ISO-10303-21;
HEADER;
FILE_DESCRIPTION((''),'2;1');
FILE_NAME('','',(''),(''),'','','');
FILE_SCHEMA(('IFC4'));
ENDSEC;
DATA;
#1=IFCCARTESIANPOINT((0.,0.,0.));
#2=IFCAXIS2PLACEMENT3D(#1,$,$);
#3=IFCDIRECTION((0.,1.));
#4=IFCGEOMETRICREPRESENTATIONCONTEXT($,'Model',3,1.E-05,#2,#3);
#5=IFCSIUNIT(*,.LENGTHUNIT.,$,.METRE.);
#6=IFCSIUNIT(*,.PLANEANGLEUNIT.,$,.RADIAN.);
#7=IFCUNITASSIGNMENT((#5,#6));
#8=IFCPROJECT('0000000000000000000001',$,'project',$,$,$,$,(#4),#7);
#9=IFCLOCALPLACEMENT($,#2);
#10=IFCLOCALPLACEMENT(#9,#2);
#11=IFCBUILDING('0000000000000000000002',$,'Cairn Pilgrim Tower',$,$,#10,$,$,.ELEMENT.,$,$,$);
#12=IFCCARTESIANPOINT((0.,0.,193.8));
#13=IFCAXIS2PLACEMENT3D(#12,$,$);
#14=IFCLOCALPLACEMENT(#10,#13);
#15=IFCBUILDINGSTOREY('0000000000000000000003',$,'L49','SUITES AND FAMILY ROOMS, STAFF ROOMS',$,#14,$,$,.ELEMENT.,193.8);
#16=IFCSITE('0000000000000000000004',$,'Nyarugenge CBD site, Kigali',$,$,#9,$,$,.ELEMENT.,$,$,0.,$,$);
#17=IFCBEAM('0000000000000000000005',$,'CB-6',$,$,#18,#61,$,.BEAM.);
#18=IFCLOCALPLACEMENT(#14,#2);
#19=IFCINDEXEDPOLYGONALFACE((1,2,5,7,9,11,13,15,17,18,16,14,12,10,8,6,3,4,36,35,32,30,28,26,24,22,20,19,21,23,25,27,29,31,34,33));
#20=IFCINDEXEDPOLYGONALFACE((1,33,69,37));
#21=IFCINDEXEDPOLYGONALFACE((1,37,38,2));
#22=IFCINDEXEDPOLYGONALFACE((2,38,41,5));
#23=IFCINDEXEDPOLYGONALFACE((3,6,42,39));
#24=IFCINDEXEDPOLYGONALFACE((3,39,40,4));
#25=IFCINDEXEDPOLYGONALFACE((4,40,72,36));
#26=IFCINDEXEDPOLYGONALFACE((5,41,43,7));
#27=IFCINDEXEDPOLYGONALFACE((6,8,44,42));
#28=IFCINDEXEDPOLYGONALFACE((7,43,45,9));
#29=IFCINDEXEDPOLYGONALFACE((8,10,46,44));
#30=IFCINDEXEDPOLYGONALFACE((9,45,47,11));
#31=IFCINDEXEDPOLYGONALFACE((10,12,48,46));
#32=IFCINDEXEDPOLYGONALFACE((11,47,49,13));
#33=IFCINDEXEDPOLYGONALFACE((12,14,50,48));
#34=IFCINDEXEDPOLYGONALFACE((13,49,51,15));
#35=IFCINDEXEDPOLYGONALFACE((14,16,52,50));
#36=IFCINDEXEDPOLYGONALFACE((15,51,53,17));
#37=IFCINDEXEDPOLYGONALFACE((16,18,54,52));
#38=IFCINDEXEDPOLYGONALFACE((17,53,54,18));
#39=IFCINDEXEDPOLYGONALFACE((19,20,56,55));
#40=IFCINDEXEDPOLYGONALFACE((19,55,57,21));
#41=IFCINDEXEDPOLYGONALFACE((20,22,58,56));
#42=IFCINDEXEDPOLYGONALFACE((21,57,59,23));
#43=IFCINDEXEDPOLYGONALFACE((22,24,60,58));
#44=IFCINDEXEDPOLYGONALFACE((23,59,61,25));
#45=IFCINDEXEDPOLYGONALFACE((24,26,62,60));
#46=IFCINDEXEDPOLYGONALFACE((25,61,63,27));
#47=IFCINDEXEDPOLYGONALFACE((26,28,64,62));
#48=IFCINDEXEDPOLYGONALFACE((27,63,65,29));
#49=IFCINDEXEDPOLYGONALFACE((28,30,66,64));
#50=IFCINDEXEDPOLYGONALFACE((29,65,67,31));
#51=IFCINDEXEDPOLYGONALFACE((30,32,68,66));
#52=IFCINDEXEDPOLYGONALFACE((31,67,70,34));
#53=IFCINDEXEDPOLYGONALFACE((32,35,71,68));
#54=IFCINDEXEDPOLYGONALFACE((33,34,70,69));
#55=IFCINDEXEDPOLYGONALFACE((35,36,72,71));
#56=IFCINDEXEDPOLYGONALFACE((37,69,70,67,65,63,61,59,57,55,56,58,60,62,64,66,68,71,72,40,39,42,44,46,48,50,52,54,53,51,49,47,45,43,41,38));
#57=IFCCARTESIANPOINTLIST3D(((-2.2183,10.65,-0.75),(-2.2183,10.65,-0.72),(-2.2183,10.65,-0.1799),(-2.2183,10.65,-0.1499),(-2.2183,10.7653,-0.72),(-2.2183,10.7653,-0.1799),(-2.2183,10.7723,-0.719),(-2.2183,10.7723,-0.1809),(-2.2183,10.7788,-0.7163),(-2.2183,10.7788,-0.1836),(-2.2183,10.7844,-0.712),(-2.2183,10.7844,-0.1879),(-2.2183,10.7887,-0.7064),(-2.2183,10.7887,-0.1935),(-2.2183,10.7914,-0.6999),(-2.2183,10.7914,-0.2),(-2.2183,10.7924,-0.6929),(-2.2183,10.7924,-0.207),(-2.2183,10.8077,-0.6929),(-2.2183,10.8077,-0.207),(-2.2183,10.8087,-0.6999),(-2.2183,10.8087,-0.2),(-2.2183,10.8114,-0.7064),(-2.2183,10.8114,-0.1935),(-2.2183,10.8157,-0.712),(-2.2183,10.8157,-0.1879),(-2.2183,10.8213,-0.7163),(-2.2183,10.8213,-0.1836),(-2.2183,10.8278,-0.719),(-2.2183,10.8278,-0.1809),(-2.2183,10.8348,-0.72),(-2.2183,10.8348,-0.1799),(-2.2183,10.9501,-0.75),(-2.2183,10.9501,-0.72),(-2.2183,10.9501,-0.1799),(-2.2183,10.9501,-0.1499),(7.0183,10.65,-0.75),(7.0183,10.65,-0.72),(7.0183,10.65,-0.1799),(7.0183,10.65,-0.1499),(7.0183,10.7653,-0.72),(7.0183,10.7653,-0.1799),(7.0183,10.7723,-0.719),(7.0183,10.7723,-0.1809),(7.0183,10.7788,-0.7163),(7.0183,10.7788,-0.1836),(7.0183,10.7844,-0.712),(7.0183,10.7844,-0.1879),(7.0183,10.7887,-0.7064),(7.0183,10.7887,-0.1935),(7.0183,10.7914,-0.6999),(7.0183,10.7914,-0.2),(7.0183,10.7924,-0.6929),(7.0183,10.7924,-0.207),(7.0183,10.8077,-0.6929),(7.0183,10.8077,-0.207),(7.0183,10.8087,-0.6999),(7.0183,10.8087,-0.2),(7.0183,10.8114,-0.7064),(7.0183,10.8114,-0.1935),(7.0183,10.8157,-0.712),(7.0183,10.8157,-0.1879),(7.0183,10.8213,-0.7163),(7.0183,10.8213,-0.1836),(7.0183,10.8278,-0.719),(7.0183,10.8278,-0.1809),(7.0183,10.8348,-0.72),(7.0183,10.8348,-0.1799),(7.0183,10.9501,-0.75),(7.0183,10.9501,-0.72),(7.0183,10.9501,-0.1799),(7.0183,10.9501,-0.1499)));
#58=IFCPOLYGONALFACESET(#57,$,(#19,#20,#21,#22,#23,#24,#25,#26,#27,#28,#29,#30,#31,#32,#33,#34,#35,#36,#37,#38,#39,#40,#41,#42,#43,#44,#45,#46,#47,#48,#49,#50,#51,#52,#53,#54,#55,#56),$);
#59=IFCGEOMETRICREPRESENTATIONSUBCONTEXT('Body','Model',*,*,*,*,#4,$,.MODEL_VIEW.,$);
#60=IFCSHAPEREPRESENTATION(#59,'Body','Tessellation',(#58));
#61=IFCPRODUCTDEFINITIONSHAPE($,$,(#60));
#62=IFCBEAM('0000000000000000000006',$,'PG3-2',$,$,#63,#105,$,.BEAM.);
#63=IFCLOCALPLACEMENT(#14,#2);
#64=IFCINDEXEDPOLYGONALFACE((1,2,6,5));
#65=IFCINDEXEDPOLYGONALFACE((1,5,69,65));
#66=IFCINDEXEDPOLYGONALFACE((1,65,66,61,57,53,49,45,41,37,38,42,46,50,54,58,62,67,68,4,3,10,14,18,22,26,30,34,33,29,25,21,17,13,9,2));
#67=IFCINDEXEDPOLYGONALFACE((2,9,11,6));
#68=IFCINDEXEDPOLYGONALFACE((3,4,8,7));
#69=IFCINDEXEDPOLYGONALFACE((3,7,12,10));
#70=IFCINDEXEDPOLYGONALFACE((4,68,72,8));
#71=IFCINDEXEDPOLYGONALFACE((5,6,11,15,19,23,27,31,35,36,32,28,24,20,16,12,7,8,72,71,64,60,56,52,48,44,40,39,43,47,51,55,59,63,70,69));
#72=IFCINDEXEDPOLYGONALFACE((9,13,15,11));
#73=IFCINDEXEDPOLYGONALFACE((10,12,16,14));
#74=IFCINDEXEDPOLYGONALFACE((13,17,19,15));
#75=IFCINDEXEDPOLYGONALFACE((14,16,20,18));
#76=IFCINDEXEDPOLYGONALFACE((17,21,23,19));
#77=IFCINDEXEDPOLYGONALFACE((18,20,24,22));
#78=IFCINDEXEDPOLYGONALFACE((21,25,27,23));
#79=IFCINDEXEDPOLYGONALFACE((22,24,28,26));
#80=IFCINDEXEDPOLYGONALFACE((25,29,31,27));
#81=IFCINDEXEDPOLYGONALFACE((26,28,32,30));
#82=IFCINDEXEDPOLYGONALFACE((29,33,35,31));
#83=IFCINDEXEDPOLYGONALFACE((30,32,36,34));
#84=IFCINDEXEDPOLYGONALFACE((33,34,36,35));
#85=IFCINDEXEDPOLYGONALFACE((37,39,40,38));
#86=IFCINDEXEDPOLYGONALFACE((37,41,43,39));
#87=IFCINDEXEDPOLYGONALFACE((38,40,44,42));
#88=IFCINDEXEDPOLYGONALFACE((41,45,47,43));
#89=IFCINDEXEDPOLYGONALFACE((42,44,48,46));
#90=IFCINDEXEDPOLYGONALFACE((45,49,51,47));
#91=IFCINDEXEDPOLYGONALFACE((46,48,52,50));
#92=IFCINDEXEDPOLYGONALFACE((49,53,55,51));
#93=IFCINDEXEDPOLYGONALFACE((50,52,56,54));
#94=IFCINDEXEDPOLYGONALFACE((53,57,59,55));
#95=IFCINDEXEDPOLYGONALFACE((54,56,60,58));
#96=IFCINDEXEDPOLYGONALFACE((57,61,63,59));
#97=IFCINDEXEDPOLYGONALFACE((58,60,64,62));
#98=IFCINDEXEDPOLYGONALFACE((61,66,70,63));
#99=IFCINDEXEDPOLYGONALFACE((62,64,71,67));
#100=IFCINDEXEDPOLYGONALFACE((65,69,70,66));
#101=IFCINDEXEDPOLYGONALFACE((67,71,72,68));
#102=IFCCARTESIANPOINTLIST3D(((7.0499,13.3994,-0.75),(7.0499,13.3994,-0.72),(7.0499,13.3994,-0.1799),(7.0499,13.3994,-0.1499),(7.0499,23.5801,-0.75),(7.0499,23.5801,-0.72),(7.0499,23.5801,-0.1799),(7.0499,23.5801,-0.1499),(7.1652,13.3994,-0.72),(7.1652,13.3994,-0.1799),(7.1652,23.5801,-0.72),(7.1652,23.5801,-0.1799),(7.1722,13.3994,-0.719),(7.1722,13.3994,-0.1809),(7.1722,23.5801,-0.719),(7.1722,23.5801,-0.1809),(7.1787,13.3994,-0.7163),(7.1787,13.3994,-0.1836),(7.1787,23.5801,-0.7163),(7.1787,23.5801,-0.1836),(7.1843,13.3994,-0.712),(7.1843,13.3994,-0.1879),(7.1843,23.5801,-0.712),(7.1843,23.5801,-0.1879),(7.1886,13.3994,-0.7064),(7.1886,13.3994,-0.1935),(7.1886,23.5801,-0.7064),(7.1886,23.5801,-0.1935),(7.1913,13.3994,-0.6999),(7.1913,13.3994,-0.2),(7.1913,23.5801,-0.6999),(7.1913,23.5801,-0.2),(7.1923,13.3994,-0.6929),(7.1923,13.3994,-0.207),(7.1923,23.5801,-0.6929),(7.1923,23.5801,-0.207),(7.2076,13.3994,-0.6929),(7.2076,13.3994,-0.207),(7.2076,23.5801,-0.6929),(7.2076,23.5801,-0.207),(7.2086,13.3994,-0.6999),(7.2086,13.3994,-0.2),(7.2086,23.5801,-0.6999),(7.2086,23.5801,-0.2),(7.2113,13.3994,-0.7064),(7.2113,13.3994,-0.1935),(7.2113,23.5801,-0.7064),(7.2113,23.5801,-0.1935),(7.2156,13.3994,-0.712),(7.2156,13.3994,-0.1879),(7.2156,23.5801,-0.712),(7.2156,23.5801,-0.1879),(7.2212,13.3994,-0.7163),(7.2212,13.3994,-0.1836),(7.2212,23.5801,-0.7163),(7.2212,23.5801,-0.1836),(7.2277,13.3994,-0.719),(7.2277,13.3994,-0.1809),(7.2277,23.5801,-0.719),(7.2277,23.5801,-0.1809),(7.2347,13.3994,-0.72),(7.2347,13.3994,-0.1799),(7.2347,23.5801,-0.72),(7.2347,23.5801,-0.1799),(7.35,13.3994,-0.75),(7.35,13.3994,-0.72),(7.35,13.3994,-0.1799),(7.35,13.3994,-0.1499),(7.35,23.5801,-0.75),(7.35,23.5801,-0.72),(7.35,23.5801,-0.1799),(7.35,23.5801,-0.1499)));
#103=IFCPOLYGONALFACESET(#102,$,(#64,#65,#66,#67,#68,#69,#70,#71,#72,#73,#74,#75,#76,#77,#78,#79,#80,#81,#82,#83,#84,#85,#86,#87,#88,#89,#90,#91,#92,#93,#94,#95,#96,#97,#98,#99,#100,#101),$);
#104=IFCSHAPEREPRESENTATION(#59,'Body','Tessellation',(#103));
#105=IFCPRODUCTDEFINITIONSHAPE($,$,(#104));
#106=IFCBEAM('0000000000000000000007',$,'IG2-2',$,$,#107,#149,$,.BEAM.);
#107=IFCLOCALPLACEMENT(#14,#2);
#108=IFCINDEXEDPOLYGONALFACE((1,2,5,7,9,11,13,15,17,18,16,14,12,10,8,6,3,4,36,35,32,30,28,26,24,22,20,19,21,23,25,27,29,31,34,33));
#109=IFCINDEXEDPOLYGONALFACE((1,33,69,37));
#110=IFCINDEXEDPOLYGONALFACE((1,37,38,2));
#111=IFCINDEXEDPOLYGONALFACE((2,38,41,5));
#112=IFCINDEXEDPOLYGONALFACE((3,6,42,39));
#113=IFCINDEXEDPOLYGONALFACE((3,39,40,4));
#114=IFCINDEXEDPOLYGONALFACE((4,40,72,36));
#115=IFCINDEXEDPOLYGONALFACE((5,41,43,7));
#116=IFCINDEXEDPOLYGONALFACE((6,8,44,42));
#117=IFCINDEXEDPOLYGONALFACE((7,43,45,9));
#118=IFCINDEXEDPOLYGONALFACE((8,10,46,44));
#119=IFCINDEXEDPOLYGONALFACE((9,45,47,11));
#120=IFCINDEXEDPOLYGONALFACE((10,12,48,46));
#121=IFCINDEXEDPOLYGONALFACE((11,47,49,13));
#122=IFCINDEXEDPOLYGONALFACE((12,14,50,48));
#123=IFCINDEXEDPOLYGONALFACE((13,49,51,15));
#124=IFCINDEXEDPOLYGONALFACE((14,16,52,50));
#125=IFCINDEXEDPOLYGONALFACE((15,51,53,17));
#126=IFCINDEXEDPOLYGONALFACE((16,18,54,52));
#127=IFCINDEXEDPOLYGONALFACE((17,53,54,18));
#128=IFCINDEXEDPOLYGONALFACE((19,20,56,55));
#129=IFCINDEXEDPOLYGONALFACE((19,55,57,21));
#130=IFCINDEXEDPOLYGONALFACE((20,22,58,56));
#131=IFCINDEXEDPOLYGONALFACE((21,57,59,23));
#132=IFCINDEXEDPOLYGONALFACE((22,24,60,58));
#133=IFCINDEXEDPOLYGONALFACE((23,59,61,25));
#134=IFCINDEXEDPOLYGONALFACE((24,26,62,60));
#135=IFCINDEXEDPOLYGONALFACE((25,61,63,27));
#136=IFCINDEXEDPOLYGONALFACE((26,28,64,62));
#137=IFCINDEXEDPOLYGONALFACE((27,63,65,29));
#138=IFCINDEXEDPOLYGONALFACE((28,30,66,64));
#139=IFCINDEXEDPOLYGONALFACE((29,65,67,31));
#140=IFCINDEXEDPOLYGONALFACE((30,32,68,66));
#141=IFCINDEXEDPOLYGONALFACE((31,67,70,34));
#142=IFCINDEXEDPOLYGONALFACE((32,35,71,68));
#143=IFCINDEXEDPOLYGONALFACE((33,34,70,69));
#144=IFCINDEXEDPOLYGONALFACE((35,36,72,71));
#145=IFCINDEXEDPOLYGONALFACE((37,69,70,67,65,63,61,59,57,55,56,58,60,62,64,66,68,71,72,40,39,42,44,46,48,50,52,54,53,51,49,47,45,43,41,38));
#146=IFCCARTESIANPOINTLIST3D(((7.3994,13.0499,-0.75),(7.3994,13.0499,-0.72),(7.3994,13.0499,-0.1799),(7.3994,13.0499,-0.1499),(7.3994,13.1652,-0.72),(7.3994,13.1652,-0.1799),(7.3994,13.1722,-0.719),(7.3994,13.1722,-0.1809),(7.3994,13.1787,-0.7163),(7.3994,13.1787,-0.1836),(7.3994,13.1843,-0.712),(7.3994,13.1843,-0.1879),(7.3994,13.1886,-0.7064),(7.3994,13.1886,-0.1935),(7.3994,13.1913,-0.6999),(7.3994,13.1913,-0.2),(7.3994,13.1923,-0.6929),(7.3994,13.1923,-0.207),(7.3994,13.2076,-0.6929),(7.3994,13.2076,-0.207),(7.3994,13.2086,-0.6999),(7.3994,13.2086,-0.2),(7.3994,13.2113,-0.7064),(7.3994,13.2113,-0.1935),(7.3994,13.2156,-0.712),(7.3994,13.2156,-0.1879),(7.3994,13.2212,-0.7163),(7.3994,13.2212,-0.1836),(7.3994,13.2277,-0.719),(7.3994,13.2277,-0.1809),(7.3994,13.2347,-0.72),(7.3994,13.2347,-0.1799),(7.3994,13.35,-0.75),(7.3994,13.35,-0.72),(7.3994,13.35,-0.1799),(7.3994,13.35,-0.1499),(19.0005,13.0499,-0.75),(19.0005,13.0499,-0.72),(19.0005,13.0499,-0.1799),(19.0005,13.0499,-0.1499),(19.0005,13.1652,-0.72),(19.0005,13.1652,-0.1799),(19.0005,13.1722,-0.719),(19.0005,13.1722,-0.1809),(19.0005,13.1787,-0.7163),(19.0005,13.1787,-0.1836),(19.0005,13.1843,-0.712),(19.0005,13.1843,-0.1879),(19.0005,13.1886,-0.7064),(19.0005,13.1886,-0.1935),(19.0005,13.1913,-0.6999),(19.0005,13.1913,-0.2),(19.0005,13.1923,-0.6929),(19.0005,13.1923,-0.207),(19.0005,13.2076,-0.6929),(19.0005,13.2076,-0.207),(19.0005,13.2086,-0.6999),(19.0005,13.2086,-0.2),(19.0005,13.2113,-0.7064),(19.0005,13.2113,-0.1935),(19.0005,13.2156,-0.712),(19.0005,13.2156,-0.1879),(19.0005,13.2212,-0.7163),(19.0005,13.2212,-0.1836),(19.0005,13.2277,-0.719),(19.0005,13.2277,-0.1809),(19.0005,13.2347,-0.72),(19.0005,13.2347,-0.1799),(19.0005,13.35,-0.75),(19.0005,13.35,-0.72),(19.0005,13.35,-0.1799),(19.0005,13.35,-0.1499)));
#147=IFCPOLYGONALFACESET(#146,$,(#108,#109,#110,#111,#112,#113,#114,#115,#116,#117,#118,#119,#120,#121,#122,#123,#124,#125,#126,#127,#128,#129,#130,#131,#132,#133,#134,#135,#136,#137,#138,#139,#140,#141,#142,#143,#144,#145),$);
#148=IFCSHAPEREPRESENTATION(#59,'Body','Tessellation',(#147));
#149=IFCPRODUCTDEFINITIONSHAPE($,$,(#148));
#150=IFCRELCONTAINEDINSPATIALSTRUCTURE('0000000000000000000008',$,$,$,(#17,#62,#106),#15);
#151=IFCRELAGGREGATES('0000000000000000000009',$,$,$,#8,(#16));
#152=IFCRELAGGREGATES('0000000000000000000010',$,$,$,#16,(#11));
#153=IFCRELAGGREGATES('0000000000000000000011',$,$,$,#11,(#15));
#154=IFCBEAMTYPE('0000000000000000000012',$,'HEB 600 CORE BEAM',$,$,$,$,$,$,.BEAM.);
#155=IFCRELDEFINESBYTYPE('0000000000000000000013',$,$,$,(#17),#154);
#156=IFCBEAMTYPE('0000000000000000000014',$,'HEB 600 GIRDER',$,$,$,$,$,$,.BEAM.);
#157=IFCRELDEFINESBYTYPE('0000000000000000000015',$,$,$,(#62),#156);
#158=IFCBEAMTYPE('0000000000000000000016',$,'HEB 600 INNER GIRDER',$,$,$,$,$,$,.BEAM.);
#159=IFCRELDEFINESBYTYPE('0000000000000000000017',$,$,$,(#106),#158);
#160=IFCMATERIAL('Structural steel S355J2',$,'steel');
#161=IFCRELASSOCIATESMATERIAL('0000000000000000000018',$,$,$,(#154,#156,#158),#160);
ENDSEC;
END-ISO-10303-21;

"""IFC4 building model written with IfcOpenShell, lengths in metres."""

from ifc_helpers import new_model, si_unit, direction, frame, origin, origin_2d, place, context, subcontext, project, spatial, i_section, extrude, material, material_profile, profile_set, type_object, element, save


model = new_model("IFC4")

# Units and contexts
model_context = context("Model", 3, precision=1e-05, world=origin(), true_north=direction((0.0, 1.0)))
body_context = subcontext(model_context, "Body", "Model", "MODEL_VIEW")
ifc_project = project(units=[si_unit("LENGTHUNIT", "METRE"), si_unit("PLANEANGLEUNIT", "RADIAN")], contexts=[model_context])

# Site, building, storey
site_placement = place(None, origin())
site = spatial("IfcSite", under=ifc_project, at=site_placement, Name="Nyarugenge CBD site, Kigali", CompositionType="ELEMENT", RefElevation=0.0)
building_placement = place(site_placement, origin())
building = spatial("IfcBuilding", under=site, at=building_placement, Name="Cairn Pilgrim Tower", CompositionType="ELEMENT")
storey_placement = place(building_placement, frame((0.0, 0.0, 193.8)))
storey = spatial("IfcBuildingStorey", under=building, at=storey_placement, Name="L49", Description="SUITES AND FAMILY ROOMS, STAFF ROOMS", CompositionType="ELEMENT", Elevation=193.8)

# Shared definitions
ifc_material_1 = material(Name="Structural steel S355J2", Category="steel")

# Beams
ifc_material_profile_1 = material_profile(ifc_material_1, i_section(OverallWidth=0.3, OverallDepth=0.6001, WebThickness=0.0154, FlangeThickness=0.03, FilletRadius=0.0271, at=origin_2d()), Name="HEB 600")
ifc_profile_set_1 = profile_set([ifc_material_profile_1], Name="Structural steel S355J2")
beam_type_1 = type_object("IfcBeamType", Name="HEB 600 CORE BEAM", PredefinedType="BEAM", material=ifc_profile_set_1)
beam_1_placement = place(storey_placement, frame((7.0183, 10.8, -0.45), z_axis=(-1.0, 0.0, 0.0), x_axis=(0.0, -1.0, 0.0)))
element("IfcBeam", 1, at=beam_1_placement, inside=storey, type_object=beam_type_1, Name="CB-6", PredefinedType="BEAM", context=body_context, shape_type="SweptSolid", body=[
    extrude(i_section(OverallWidth=0.3, OverallDepth=0.6001, WebThickness=0.0154, FlangeThickness=0.03, FilletRadius=0.0271, at=origin_2d()), origin(), (0.0, 0.0, 1.0), 9.2366),
])
ifc_material_profile_2 = material_profile(ifc_material_1, i_section(OverallWidth=0.3, OverallDepth=0.6001, WebThickness=0.0154, FlangeThickness=0.03, FilletRadius=0.0271, at=origin_2d()), Name="HEB 600")
ifc_profile_set_2 = profile_set([ifc_material_profile_2], Name="Structural steel S355J2")
beam_type_2 = type_object("IfcBeamType", Name="HEB 600 GIRDER", PredefinedType="BEAM", material=ifc_profile_set_2)
beam_2_placement = place(storey_placement, frame((7.2, 13.3994, -0.45), z_axis=(0.0, 1.0, 0.0), x_axis=(-1.0, 0.0, 0.0)))
element("IfcBeam", 2, at=beam_2_placement, inside=storey, type_object=beam_type_2, Name="PG3-2", PredefinedType="BEAM", context=body_context, shape_type="SweptSolid", body=[
    extrude(i_section(OverallWidth=0.3, OverallDepth=0.6001, WebThickness=0.0154, FlangeThickness=0.03, FilletRadius=0.0271, at=origin_2d()), origin(), (0.0, 0.0, 1.0), 10.1807),
])
ifc_material_profile_3 = material_profile(ifc_material_1, i_section(OverallWidth=0.3, OverallDepth=0.6001, WebThickness=0.0154, FlangeThickness=0.03, FilletRadius=0.0271, at=origin_2d()), Name="HEB 600")
ifc_profile_set_3 = profile_set([ifc_material_profile_3], Name="Structural steel S355J2")
beam_type_3 = type_object("IfcBeamType", Name="HEB 600 INNER GIRDER", PredefinedType="BEAM", material=ifc_profile_set_3)
beam_3_placement = place(storey_placement, frame((7.3994, 13.2, -0.45), z_axis=(1.0, 0.0, 0.0), x_axis=(0.0, 1.0, 0.0)))
element("IfcBeam", 3, at=beam_3_placement, inside=storey, type_object=beam_type_3, Name="IG2-2", PredefinedType="BEAM", context=body_context, shape_type="SweptSolid", body=[
    extrude(i_section(OverallWidth=0.3, OverallDepth=0.6001, WebThickness=0.0154, FlangeThickness=0.03, FilletRadius=0.0271, at=origin_2d()), origin(), (0.0, 0.0, 1.0), 11.6011),
])

save(model, "model.ifc")
